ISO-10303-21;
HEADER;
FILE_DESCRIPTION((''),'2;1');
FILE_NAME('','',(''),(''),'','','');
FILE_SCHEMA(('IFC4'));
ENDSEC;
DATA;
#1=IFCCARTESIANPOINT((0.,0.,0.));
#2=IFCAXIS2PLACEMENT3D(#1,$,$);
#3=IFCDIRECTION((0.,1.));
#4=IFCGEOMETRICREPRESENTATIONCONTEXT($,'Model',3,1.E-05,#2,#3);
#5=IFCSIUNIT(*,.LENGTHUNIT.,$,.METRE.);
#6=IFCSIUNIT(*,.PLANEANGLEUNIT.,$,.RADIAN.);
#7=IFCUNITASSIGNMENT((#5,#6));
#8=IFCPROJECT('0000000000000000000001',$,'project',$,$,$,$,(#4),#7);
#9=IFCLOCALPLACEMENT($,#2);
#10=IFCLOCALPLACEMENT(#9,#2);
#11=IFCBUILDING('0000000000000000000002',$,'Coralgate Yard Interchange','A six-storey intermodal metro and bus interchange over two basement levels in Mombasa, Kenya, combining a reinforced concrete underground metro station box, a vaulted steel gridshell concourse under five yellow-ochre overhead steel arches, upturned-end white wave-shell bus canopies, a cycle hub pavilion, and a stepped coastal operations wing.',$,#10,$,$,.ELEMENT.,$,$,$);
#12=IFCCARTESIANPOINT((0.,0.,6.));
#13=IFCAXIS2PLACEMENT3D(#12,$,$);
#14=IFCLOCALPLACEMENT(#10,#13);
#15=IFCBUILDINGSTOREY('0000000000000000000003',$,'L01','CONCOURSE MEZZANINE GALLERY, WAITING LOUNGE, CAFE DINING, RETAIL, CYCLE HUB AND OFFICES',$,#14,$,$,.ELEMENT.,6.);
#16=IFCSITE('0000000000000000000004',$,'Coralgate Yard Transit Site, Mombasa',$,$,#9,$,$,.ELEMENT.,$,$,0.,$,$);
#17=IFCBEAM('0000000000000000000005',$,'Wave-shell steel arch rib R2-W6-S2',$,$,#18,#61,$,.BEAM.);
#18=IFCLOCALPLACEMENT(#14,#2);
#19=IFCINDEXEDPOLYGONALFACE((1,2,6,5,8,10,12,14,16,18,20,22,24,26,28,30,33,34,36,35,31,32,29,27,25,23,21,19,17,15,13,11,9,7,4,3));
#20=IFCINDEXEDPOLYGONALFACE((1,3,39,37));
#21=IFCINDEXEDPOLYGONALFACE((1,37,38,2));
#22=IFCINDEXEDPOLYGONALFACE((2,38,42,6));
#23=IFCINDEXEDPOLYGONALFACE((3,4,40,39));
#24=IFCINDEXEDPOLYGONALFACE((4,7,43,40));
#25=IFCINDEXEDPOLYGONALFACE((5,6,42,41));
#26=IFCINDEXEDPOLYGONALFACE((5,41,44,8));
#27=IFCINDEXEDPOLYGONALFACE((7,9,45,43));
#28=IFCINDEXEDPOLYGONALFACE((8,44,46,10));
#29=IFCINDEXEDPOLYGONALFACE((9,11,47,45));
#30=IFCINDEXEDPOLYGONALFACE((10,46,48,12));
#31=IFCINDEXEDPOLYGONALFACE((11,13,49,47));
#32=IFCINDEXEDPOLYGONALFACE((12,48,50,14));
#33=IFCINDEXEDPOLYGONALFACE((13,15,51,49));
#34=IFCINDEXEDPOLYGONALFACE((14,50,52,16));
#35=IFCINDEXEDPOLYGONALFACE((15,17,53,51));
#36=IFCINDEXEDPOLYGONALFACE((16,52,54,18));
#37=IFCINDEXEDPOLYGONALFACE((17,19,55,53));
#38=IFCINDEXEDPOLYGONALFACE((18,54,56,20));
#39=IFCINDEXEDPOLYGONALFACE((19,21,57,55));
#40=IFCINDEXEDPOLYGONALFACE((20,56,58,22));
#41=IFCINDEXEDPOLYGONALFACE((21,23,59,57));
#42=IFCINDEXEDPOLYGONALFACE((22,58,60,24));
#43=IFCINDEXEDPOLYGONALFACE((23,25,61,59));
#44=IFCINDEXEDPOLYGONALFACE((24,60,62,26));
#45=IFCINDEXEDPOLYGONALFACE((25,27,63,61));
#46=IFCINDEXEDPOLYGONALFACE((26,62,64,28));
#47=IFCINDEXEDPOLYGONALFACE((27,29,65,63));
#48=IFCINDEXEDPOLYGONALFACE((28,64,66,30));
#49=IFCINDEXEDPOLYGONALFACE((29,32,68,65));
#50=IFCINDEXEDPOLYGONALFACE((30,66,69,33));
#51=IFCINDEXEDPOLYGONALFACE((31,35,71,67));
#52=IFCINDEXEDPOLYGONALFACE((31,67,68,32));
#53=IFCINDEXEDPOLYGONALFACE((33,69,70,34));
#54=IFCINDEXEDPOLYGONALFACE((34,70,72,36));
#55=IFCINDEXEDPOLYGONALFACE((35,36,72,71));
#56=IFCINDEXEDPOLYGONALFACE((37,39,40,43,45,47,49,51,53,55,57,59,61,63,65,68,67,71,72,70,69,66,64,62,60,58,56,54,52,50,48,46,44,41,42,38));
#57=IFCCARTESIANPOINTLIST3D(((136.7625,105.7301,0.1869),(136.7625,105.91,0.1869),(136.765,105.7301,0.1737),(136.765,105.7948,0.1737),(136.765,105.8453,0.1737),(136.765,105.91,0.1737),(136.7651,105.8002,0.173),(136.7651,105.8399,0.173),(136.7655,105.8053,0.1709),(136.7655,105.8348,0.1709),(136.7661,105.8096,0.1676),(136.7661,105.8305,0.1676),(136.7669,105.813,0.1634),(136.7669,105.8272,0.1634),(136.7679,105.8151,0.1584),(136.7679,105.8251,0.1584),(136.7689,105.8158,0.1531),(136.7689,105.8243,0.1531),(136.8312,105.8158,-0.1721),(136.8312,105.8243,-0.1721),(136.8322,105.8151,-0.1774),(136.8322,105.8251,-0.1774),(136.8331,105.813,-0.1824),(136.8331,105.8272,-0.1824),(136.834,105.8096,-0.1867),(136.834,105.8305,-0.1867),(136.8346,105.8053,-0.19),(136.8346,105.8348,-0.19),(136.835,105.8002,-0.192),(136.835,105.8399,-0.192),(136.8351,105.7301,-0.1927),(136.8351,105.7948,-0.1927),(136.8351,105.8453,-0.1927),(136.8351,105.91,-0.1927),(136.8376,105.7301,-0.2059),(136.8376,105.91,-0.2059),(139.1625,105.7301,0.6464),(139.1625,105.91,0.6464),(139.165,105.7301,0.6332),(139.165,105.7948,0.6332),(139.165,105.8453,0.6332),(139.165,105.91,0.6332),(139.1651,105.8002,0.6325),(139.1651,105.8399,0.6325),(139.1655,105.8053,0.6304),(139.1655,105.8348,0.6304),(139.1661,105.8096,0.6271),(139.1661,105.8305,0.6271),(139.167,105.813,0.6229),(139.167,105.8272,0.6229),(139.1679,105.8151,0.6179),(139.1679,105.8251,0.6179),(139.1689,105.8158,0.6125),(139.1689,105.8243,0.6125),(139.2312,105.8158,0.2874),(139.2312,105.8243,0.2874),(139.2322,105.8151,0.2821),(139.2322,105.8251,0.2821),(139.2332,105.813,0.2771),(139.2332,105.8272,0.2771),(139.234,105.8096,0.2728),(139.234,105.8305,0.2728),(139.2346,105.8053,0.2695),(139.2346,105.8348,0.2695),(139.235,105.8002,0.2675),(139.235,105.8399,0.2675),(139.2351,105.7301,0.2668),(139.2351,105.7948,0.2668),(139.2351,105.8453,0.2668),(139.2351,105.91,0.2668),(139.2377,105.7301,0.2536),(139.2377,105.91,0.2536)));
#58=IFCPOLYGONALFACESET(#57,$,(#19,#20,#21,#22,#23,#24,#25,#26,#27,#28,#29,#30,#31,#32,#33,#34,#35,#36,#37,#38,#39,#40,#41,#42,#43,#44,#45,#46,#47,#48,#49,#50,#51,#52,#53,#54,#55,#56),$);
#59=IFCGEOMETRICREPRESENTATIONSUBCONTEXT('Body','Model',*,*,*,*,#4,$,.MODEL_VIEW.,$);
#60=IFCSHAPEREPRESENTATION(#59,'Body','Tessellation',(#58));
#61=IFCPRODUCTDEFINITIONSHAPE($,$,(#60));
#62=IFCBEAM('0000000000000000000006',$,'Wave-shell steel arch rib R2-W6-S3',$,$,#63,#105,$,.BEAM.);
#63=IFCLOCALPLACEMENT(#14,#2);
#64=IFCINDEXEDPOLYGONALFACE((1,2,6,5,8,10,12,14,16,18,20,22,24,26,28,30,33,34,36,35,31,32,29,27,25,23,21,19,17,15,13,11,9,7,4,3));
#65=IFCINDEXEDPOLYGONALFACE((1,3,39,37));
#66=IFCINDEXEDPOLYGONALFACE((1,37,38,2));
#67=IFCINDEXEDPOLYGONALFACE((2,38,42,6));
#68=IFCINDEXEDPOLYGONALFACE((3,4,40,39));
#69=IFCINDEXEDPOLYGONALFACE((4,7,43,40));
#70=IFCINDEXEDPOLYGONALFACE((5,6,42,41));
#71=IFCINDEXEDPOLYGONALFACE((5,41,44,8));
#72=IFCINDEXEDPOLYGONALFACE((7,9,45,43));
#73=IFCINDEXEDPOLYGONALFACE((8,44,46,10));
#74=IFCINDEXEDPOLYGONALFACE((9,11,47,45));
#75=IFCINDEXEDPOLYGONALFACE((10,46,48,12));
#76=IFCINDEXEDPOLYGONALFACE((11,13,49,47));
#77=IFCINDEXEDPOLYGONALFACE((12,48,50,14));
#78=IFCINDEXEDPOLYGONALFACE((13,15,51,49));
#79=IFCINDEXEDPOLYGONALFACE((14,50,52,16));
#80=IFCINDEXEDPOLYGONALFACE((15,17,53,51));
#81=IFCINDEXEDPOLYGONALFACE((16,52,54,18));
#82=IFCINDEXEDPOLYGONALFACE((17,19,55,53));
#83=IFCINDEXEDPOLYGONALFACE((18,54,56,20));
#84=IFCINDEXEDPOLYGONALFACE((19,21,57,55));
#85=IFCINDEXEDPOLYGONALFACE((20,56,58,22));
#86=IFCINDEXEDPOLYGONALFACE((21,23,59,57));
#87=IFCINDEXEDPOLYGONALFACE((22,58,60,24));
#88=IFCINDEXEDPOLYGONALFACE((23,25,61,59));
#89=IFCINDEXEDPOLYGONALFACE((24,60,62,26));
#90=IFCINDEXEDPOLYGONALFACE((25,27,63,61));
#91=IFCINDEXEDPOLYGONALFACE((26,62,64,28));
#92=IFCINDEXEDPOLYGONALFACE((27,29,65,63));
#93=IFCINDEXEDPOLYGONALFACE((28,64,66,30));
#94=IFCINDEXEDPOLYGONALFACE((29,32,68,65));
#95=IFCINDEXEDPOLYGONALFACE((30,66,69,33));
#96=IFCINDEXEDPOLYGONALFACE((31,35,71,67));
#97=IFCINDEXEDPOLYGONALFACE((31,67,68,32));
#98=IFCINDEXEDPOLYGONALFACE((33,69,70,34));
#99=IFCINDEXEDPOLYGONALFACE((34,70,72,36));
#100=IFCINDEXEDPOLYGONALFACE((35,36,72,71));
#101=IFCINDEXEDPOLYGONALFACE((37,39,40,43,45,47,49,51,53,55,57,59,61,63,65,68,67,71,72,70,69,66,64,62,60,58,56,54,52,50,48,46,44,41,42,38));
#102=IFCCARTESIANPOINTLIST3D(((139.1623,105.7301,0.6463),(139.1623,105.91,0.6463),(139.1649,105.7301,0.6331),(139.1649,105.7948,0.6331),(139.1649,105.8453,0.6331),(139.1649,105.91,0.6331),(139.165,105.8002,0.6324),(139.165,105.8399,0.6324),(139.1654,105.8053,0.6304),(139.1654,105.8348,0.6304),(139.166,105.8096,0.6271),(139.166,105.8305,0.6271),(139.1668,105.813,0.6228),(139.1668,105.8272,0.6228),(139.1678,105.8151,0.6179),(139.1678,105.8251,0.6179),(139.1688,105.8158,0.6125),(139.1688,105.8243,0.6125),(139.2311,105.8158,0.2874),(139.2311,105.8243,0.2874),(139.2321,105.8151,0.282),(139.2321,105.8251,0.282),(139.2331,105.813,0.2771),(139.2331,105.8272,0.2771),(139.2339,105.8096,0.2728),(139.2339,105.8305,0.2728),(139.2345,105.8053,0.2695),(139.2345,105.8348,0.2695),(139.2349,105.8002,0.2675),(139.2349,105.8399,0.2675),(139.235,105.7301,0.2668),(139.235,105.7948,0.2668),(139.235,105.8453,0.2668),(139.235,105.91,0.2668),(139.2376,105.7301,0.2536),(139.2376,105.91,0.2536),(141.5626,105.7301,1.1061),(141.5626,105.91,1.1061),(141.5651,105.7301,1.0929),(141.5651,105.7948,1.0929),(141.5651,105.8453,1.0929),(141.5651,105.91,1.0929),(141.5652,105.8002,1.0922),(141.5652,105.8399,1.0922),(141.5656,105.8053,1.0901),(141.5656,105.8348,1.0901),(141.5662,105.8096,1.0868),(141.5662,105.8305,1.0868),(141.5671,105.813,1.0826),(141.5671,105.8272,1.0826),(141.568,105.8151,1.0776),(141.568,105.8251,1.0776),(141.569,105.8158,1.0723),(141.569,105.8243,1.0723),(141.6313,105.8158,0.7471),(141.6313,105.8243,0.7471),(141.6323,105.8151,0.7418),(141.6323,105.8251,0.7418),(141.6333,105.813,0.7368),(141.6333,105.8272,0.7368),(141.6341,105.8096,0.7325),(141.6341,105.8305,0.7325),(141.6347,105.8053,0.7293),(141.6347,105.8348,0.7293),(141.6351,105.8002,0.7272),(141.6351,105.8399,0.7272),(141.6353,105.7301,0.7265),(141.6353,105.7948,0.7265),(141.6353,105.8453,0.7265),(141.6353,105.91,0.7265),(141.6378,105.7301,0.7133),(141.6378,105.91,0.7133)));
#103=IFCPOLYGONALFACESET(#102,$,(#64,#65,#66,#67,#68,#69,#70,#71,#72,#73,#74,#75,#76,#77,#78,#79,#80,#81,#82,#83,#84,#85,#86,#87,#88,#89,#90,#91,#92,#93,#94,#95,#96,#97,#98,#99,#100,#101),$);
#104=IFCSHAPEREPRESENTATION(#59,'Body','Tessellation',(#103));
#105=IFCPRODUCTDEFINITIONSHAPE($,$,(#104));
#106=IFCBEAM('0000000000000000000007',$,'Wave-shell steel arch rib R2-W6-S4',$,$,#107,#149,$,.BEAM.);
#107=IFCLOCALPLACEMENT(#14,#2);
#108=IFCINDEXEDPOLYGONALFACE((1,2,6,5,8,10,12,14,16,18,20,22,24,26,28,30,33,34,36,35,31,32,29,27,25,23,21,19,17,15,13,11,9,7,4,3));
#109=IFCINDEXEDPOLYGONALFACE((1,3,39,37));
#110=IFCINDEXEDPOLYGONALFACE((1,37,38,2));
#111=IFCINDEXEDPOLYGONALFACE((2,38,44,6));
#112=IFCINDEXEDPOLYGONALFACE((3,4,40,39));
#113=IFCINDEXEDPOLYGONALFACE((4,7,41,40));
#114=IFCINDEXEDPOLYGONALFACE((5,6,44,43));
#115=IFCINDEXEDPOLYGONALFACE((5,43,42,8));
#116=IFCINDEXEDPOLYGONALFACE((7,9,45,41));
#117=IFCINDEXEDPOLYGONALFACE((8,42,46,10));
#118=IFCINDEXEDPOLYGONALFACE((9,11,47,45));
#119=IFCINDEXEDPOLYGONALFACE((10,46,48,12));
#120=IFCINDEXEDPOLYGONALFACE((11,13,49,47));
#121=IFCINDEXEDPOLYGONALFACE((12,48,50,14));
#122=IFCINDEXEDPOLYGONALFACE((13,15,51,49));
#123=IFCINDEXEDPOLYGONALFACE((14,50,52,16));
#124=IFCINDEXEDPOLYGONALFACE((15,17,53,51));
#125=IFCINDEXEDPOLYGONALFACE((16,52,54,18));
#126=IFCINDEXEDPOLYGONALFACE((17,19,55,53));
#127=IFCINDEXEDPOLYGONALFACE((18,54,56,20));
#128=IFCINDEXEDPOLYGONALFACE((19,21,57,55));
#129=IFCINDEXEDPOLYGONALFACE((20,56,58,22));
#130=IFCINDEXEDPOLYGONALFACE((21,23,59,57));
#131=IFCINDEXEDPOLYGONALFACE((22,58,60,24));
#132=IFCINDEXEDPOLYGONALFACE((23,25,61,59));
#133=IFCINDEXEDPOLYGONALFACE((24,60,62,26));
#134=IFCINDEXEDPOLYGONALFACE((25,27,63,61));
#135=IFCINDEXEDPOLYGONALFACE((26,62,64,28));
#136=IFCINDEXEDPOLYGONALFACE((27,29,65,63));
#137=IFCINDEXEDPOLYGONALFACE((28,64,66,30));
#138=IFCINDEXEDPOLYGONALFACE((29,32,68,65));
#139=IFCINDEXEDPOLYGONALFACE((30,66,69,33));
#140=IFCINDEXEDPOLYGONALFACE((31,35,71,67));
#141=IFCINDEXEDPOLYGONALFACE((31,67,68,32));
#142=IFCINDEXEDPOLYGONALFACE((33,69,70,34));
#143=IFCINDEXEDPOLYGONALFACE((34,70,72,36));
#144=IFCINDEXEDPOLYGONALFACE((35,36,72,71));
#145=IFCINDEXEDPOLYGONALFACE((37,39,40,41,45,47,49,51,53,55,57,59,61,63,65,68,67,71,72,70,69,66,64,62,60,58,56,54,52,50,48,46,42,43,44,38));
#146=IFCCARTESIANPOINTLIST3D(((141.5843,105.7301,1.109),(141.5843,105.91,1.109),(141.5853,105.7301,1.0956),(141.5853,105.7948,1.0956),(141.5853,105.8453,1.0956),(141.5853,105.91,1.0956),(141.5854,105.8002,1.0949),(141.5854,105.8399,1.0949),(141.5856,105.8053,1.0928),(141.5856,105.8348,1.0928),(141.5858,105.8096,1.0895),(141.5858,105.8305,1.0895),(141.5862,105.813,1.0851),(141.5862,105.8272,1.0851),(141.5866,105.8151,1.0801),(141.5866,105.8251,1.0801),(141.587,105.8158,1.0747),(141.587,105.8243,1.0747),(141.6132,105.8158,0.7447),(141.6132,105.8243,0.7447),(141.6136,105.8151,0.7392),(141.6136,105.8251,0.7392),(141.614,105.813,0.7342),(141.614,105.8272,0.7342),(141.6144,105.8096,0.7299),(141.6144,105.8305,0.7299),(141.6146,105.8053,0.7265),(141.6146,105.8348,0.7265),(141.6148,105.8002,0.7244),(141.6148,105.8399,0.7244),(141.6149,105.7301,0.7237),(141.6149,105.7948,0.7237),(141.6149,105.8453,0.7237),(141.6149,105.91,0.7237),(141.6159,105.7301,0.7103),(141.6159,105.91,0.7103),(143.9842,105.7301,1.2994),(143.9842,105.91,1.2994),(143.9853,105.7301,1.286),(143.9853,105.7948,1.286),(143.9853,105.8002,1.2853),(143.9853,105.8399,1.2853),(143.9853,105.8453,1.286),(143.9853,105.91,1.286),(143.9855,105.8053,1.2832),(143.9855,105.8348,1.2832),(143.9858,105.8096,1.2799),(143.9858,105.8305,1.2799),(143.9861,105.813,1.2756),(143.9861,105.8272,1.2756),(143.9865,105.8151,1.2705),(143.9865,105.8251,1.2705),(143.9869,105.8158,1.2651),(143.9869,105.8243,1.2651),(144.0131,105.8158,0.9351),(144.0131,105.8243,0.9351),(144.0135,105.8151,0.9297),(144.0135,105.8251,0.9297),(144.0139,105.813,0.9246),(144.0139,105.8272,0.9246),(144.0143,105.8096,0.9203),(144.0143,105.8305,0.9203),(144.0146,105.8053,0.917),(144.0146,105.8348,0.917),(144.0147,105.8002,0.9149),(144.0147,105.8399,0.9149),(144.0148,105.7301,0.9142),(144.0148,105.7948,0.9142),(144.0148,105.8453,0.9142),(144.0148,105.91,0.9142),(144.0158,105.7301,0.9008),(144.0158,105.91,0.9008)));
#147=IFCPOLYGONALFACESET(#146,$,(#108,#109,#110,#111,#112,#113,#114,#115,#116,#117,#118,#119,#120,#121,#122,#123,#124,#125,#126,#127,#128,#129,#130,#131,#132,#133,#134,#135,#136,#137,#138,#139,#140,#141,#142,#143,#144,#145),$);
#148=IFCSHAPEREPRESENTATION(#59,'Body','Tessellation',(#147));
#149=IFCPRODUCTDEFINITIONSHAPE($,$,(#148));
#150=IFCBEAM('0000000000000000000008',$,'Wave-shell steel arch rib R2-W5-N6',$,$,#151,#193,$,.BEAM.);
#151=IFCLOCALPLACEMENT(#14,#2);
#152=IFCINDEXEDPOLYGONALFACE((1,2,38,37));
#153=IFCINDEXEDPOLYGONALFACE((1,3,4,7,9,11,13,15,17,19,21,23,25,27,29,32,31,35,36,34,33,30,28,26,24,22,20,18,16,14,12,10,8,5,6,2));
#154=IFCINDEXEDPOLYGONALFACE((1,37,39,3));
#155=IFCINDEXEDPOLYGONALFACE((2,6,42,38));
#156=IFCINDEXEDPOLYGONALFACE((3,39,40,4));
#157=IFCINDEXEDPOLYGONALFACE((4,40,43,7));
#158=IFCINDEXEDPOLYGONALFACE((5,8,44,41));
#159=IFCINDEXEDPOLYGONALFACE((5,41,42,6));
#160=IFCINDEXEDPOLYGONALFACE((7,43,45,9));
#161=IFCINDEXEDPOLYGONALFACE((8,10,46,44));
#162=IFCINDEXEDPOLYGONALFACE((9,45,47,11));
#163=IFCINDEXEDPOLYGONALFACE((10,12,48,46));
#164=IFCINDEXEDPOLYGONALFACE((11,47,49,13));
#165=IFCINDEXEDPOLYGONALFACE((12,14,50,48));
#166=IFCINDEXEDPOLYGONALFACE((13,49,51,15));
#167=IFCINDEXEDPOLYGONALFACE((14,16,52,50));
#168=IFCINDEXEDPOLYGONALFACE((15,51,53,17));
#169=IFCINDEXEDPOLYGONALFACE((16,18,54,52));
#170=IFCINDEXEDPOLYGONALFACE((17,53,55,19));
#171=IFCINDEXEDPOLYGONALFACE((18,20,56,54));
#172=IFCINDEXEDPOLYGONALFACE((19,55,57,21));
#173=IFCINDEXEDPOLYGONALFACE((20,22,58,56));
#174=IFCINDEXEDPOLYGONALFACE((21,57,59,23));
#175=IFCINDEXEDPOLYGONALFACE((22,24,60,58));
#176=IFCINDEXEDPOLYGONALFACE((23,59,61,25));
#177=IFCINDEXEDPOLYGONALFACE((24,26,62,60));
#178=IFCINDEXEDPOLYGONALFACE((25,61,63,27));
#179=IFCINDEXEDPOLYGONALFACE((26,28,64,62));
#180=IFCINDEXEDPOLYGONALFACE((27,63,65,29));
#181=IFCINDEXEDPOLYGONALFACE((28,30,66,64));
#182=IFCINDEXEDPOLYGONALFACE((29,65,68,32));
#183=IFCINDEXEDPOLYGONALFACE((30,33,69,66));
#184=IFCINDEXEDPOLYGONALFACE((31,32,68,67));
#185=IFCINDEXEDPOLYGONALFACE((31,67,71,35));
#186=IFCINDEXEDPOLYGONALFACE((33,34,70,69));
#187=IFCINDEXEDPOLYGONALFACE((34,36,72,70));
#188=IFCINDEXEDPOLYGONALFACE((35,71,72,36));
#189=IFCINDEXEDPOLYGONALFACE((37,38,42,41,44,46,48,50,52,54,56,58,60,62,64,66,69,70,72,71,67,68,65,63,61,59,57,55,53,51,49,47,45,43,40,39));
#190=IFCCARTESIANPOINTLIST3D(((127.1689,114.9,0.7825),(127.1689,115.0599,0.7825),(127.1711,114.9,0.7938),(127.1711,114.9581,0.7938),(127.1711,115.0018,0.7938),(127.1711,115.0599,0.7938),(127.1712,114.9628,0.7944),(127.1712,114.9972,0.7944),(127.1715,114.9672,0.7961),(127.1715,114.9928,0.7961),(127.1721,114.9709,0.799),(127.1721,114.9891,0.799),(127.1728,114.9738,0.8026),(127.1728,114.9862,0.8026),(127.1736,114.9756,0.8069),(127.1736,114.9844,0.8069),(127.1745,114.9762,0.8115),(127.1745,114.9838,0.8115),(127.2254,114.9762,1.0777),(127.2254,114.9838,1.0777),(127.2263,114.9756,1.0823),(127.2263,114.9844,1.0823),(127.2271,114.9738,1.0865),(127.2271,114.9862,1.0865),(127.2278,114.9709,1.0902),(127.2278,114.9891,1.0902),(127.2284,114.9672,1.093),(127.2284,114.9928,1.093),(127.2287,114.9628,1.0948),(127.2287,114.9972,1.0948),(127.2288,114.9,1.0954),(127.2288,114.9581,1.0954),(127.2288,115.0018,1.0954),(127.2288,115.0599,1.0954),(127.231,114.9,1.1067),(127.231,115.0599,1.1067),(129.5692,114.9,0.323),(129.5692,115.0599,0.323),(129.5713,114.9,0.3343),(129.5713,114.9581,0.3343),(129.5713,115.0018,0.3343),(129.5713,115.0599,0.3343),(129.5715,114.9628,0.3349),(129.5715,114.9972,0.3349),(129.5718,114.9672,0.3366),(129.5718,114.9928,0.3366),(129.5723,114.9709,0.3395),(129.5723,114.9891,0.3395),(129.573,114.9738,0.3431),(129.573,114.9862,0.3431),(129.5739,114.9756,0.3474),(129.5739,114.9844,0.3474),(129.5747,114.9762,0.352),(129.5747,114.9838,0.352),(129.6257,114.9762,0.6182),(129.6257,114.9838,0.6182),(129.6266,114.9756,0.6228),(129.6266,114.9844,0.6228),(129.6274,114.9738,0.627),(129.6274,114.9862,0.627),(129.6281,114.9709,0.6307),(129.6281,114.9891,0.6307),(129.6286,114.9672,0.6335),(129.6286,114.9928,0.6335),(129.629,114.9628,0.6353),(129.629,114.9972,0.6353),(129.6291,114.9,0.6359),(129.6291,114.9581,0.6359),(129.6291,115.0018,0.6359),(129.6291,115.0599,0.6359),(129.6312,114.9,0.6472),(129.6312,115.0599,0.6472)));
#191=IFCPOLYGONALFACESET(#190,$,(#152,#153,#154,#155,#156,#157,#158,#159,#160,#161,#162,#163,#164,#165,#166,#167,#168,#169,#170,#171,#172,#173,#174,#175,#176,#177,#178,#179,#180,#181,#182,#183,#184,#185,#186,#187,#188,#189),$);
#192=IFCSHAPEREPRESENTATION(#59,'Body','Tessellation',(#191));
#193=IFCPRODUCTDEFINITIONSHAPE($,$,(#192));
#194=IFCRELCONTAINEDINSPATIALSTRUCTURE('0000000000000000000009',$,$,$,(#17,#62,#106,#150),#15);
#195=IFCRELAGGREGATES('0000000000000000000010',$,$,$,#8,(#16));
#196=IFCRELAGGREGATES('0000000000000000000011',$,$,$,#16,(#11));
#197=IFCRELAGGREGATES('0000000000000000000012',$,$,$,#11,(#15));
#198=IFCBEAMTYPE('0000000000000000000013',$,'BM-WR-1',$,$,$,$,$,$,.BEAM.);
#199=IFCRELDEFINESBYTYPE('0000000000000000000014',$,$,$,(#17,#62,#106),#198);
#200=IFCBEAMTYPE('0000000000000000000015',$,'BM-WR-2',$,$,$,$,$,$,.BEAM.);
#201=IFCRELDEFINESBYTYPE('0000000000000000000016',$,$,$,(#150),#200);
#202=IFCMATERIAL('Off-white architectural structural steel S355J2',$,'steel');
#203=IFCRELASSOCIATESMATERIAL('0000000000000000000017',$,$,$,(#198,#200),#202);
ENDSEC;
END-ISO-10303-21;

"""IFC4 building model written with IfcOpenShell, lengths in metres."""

from ifc_helpers import new_model, si_unit, direction, frame, origin, origin_2d, place, context, subcontext, project, spatial, i_section, extrude, material, material_profile, profile_set, type_object, element, save


model = new_model("IFC4")

# Units and contexts
model_context = context("Model", 3, precision=1e-05, world=origin(), true_north=direction((0.0, 1.0)))
body_context = subcontext(model_context, "Body", "Model", "MODEL_VIEW")
ifc_project = project(units=[si_unit("LENGTHUNIT", "METRE"), si_unit("PLANEANGLEUNIT", "RADIAN")], contexts=[model_context])

# Site, building, storey
site_placement = place(None, origin())
site = spatial("IfcSite", under=ifc_project, at=site_placement, Name="Coralgate Yard Transit Site, Mombasa", CompositionType="ELEMENT", RefElevation=0.0)
building_placement = place(site_placement, origin())
building = spatial("IfcBuilding", under=site, at=building_placement, Name="Coralgate Yard Interchange", Description="A six-storey intermodal metro and bus interchange over two basement levels in Mombasa, Kenya, combining a reinforced concrete underground metro station box, a vaulted steel gridshell concourse under five yellow-ochre overhead steel arches, upturned-end white wave-shell bus canopies, a cycle hub pavilion, and a stepped coastal operations wing.", CompositionType="ELEMENT")
storey_placement = place(building_placement, frame((0.0, 0.0, 6.0)))
storey = spatial("IfcBuildingStorey", under=building, at=storey_placement, Name="L01", Description="CONCOURSE MEZZANINE GALLERY, WAITING LOUNGE, CAFE DINING, RETAIL, CYCLE HUB AND OFFICES", CompositionType="ELEMENT", Elevation=6.0)

# Beams
ifc_material_1 = material(Name="Off-white architectural structural steel S355J2", Category="steel")
ifc_material_profile_1 = material_profile(ifc_material_1, i_section(OverallWidth=0.1799, OverallDepth=0.3999, WebThickness=0.0085, FlangeThickness=0.0134, FilletRadius=0.021, at=origin_2d()), Name="IPE 400")
ifc_profile_set_1 = profile_set([ifc_material_profile_1], Name="Off-white architectural structural steel S355J2")
beam_type_1 = type_object("IfcBeamType", Name="BM-WR-1", PredefinedType="BEAM", material=ifc_profile_set_1)
beam_1_placement = place(storey_placement, frame((136.8, 105.8201, -0.0095), z_axis=(0.982161, 0.0, 0.188039), x_axis=(0.0, 1.0, 0.0)))
element("IfcBeam", 1, at=beam_1_placement, inside=storey, type_object=beam_type_1, Name="Wave-shell steel arch rib R2-W6-S2", PredefinedType="BEAM", context=body_context, shape_type="SweptSolid", body=[
    extrude(i_section(OverallWidth=0.1799, OverallDepth=0.3999, WebThickness=0.0085, FlangeThickness=0.0134, FilletRadius=0.021, at=origin_2d()), origin(), (0.0, 0.0, 1.0), 2.4436),
])
beam_2_placement = place(storey_placement, frame((139.2, 105.8201, 0.45), z_axis=(0.982147, 0.0, 0.188117), x_axis=(0.0, 1.0, 0.0)))
element("IfcBeam", 2, at=beam_2_placement, inside=storey, type_object=beam_type_1, Name="Wave-shell steel arch rib R2-W6-S3", PredefinedType="BEAM", context=body_context, shape_type="SweptSolid", body=[
    extrude(i_section(OverallWidth=0.1799, OverallDepth=0.3999, WebThickness=0.0085, FlangeThickness=0.0134, FilletRadius=0.021, at=origin_2d()), origin(), (0.0, 0.0, 1.0), 2.4438),
])
beam_3_placement = place(storey_placement, frame((141.6001, 105.8201, 0.9097), z_axis=(0.996867, 0.0, 0.0791), x_axis=(0.0, 1.0, 0.0)))
element("IfcBeam", 3, at=beam_3_placement, inside=storey, type_object=beam_type_1, Name="Wave-shell steel arch rib R2-W6-S4", PredefinedType="BEAM", context=body_context, shape_type="SweptSolid", body=[
    extrude(i_section(OverallWidth=0.1799, OverallDepth=0.3999, WebThickness=0.0085, FlangeThickness=0.0134, FilletRadius=0.021, at=origin_2d()), origin(), (0.0, 0.0, 1.0), 2.4075),
])
ifc_material_profile_2 = material_profile(ifc_material_1, i_section(OverallWidth=0.1599, OverallDepth=0.3301, WebThickness=0.0076, FlangeThickness=0.0115, FilletRadius=0.0181, at=origin_2d()), Name="IPE 330")
ifc_profile_set_2 = profile_set([ifc_material_profile_2], Name="Off-white architectural structural steel S355J2")
beam_type_2 = type_object("IfcBeamType", Name="BM-WR-2", PredefinedType="BEAM", material=ifc_profile_set_2)
beam_4_placement = place(storey_placement, frame((127.2, 114.98, 0.9446), z_axis=(0.982165, 0.0, -0.188021), x_axis=(0.0, 1.0, 0.0)))
element("IfcBeam", 4, at=beam_4_placement, inside=storey, type_object=beam_type_2, Name="Wave-shell steel arch rib R2-W5-N6", PredefinedType="BEAM", context=body_context, shape_type="SweptSolid", body=[
    extrude(i_section(OverallWidth=0.1599, OverallDepth=0.3301, WebThickness=0.0076, FlangeThickness=0.0115, FilletRadius=0.0181, at=origin_2d()), origin(), (0.0, 0.0, 1.0), 2.4438),
])

save(model, "model.ifc")
